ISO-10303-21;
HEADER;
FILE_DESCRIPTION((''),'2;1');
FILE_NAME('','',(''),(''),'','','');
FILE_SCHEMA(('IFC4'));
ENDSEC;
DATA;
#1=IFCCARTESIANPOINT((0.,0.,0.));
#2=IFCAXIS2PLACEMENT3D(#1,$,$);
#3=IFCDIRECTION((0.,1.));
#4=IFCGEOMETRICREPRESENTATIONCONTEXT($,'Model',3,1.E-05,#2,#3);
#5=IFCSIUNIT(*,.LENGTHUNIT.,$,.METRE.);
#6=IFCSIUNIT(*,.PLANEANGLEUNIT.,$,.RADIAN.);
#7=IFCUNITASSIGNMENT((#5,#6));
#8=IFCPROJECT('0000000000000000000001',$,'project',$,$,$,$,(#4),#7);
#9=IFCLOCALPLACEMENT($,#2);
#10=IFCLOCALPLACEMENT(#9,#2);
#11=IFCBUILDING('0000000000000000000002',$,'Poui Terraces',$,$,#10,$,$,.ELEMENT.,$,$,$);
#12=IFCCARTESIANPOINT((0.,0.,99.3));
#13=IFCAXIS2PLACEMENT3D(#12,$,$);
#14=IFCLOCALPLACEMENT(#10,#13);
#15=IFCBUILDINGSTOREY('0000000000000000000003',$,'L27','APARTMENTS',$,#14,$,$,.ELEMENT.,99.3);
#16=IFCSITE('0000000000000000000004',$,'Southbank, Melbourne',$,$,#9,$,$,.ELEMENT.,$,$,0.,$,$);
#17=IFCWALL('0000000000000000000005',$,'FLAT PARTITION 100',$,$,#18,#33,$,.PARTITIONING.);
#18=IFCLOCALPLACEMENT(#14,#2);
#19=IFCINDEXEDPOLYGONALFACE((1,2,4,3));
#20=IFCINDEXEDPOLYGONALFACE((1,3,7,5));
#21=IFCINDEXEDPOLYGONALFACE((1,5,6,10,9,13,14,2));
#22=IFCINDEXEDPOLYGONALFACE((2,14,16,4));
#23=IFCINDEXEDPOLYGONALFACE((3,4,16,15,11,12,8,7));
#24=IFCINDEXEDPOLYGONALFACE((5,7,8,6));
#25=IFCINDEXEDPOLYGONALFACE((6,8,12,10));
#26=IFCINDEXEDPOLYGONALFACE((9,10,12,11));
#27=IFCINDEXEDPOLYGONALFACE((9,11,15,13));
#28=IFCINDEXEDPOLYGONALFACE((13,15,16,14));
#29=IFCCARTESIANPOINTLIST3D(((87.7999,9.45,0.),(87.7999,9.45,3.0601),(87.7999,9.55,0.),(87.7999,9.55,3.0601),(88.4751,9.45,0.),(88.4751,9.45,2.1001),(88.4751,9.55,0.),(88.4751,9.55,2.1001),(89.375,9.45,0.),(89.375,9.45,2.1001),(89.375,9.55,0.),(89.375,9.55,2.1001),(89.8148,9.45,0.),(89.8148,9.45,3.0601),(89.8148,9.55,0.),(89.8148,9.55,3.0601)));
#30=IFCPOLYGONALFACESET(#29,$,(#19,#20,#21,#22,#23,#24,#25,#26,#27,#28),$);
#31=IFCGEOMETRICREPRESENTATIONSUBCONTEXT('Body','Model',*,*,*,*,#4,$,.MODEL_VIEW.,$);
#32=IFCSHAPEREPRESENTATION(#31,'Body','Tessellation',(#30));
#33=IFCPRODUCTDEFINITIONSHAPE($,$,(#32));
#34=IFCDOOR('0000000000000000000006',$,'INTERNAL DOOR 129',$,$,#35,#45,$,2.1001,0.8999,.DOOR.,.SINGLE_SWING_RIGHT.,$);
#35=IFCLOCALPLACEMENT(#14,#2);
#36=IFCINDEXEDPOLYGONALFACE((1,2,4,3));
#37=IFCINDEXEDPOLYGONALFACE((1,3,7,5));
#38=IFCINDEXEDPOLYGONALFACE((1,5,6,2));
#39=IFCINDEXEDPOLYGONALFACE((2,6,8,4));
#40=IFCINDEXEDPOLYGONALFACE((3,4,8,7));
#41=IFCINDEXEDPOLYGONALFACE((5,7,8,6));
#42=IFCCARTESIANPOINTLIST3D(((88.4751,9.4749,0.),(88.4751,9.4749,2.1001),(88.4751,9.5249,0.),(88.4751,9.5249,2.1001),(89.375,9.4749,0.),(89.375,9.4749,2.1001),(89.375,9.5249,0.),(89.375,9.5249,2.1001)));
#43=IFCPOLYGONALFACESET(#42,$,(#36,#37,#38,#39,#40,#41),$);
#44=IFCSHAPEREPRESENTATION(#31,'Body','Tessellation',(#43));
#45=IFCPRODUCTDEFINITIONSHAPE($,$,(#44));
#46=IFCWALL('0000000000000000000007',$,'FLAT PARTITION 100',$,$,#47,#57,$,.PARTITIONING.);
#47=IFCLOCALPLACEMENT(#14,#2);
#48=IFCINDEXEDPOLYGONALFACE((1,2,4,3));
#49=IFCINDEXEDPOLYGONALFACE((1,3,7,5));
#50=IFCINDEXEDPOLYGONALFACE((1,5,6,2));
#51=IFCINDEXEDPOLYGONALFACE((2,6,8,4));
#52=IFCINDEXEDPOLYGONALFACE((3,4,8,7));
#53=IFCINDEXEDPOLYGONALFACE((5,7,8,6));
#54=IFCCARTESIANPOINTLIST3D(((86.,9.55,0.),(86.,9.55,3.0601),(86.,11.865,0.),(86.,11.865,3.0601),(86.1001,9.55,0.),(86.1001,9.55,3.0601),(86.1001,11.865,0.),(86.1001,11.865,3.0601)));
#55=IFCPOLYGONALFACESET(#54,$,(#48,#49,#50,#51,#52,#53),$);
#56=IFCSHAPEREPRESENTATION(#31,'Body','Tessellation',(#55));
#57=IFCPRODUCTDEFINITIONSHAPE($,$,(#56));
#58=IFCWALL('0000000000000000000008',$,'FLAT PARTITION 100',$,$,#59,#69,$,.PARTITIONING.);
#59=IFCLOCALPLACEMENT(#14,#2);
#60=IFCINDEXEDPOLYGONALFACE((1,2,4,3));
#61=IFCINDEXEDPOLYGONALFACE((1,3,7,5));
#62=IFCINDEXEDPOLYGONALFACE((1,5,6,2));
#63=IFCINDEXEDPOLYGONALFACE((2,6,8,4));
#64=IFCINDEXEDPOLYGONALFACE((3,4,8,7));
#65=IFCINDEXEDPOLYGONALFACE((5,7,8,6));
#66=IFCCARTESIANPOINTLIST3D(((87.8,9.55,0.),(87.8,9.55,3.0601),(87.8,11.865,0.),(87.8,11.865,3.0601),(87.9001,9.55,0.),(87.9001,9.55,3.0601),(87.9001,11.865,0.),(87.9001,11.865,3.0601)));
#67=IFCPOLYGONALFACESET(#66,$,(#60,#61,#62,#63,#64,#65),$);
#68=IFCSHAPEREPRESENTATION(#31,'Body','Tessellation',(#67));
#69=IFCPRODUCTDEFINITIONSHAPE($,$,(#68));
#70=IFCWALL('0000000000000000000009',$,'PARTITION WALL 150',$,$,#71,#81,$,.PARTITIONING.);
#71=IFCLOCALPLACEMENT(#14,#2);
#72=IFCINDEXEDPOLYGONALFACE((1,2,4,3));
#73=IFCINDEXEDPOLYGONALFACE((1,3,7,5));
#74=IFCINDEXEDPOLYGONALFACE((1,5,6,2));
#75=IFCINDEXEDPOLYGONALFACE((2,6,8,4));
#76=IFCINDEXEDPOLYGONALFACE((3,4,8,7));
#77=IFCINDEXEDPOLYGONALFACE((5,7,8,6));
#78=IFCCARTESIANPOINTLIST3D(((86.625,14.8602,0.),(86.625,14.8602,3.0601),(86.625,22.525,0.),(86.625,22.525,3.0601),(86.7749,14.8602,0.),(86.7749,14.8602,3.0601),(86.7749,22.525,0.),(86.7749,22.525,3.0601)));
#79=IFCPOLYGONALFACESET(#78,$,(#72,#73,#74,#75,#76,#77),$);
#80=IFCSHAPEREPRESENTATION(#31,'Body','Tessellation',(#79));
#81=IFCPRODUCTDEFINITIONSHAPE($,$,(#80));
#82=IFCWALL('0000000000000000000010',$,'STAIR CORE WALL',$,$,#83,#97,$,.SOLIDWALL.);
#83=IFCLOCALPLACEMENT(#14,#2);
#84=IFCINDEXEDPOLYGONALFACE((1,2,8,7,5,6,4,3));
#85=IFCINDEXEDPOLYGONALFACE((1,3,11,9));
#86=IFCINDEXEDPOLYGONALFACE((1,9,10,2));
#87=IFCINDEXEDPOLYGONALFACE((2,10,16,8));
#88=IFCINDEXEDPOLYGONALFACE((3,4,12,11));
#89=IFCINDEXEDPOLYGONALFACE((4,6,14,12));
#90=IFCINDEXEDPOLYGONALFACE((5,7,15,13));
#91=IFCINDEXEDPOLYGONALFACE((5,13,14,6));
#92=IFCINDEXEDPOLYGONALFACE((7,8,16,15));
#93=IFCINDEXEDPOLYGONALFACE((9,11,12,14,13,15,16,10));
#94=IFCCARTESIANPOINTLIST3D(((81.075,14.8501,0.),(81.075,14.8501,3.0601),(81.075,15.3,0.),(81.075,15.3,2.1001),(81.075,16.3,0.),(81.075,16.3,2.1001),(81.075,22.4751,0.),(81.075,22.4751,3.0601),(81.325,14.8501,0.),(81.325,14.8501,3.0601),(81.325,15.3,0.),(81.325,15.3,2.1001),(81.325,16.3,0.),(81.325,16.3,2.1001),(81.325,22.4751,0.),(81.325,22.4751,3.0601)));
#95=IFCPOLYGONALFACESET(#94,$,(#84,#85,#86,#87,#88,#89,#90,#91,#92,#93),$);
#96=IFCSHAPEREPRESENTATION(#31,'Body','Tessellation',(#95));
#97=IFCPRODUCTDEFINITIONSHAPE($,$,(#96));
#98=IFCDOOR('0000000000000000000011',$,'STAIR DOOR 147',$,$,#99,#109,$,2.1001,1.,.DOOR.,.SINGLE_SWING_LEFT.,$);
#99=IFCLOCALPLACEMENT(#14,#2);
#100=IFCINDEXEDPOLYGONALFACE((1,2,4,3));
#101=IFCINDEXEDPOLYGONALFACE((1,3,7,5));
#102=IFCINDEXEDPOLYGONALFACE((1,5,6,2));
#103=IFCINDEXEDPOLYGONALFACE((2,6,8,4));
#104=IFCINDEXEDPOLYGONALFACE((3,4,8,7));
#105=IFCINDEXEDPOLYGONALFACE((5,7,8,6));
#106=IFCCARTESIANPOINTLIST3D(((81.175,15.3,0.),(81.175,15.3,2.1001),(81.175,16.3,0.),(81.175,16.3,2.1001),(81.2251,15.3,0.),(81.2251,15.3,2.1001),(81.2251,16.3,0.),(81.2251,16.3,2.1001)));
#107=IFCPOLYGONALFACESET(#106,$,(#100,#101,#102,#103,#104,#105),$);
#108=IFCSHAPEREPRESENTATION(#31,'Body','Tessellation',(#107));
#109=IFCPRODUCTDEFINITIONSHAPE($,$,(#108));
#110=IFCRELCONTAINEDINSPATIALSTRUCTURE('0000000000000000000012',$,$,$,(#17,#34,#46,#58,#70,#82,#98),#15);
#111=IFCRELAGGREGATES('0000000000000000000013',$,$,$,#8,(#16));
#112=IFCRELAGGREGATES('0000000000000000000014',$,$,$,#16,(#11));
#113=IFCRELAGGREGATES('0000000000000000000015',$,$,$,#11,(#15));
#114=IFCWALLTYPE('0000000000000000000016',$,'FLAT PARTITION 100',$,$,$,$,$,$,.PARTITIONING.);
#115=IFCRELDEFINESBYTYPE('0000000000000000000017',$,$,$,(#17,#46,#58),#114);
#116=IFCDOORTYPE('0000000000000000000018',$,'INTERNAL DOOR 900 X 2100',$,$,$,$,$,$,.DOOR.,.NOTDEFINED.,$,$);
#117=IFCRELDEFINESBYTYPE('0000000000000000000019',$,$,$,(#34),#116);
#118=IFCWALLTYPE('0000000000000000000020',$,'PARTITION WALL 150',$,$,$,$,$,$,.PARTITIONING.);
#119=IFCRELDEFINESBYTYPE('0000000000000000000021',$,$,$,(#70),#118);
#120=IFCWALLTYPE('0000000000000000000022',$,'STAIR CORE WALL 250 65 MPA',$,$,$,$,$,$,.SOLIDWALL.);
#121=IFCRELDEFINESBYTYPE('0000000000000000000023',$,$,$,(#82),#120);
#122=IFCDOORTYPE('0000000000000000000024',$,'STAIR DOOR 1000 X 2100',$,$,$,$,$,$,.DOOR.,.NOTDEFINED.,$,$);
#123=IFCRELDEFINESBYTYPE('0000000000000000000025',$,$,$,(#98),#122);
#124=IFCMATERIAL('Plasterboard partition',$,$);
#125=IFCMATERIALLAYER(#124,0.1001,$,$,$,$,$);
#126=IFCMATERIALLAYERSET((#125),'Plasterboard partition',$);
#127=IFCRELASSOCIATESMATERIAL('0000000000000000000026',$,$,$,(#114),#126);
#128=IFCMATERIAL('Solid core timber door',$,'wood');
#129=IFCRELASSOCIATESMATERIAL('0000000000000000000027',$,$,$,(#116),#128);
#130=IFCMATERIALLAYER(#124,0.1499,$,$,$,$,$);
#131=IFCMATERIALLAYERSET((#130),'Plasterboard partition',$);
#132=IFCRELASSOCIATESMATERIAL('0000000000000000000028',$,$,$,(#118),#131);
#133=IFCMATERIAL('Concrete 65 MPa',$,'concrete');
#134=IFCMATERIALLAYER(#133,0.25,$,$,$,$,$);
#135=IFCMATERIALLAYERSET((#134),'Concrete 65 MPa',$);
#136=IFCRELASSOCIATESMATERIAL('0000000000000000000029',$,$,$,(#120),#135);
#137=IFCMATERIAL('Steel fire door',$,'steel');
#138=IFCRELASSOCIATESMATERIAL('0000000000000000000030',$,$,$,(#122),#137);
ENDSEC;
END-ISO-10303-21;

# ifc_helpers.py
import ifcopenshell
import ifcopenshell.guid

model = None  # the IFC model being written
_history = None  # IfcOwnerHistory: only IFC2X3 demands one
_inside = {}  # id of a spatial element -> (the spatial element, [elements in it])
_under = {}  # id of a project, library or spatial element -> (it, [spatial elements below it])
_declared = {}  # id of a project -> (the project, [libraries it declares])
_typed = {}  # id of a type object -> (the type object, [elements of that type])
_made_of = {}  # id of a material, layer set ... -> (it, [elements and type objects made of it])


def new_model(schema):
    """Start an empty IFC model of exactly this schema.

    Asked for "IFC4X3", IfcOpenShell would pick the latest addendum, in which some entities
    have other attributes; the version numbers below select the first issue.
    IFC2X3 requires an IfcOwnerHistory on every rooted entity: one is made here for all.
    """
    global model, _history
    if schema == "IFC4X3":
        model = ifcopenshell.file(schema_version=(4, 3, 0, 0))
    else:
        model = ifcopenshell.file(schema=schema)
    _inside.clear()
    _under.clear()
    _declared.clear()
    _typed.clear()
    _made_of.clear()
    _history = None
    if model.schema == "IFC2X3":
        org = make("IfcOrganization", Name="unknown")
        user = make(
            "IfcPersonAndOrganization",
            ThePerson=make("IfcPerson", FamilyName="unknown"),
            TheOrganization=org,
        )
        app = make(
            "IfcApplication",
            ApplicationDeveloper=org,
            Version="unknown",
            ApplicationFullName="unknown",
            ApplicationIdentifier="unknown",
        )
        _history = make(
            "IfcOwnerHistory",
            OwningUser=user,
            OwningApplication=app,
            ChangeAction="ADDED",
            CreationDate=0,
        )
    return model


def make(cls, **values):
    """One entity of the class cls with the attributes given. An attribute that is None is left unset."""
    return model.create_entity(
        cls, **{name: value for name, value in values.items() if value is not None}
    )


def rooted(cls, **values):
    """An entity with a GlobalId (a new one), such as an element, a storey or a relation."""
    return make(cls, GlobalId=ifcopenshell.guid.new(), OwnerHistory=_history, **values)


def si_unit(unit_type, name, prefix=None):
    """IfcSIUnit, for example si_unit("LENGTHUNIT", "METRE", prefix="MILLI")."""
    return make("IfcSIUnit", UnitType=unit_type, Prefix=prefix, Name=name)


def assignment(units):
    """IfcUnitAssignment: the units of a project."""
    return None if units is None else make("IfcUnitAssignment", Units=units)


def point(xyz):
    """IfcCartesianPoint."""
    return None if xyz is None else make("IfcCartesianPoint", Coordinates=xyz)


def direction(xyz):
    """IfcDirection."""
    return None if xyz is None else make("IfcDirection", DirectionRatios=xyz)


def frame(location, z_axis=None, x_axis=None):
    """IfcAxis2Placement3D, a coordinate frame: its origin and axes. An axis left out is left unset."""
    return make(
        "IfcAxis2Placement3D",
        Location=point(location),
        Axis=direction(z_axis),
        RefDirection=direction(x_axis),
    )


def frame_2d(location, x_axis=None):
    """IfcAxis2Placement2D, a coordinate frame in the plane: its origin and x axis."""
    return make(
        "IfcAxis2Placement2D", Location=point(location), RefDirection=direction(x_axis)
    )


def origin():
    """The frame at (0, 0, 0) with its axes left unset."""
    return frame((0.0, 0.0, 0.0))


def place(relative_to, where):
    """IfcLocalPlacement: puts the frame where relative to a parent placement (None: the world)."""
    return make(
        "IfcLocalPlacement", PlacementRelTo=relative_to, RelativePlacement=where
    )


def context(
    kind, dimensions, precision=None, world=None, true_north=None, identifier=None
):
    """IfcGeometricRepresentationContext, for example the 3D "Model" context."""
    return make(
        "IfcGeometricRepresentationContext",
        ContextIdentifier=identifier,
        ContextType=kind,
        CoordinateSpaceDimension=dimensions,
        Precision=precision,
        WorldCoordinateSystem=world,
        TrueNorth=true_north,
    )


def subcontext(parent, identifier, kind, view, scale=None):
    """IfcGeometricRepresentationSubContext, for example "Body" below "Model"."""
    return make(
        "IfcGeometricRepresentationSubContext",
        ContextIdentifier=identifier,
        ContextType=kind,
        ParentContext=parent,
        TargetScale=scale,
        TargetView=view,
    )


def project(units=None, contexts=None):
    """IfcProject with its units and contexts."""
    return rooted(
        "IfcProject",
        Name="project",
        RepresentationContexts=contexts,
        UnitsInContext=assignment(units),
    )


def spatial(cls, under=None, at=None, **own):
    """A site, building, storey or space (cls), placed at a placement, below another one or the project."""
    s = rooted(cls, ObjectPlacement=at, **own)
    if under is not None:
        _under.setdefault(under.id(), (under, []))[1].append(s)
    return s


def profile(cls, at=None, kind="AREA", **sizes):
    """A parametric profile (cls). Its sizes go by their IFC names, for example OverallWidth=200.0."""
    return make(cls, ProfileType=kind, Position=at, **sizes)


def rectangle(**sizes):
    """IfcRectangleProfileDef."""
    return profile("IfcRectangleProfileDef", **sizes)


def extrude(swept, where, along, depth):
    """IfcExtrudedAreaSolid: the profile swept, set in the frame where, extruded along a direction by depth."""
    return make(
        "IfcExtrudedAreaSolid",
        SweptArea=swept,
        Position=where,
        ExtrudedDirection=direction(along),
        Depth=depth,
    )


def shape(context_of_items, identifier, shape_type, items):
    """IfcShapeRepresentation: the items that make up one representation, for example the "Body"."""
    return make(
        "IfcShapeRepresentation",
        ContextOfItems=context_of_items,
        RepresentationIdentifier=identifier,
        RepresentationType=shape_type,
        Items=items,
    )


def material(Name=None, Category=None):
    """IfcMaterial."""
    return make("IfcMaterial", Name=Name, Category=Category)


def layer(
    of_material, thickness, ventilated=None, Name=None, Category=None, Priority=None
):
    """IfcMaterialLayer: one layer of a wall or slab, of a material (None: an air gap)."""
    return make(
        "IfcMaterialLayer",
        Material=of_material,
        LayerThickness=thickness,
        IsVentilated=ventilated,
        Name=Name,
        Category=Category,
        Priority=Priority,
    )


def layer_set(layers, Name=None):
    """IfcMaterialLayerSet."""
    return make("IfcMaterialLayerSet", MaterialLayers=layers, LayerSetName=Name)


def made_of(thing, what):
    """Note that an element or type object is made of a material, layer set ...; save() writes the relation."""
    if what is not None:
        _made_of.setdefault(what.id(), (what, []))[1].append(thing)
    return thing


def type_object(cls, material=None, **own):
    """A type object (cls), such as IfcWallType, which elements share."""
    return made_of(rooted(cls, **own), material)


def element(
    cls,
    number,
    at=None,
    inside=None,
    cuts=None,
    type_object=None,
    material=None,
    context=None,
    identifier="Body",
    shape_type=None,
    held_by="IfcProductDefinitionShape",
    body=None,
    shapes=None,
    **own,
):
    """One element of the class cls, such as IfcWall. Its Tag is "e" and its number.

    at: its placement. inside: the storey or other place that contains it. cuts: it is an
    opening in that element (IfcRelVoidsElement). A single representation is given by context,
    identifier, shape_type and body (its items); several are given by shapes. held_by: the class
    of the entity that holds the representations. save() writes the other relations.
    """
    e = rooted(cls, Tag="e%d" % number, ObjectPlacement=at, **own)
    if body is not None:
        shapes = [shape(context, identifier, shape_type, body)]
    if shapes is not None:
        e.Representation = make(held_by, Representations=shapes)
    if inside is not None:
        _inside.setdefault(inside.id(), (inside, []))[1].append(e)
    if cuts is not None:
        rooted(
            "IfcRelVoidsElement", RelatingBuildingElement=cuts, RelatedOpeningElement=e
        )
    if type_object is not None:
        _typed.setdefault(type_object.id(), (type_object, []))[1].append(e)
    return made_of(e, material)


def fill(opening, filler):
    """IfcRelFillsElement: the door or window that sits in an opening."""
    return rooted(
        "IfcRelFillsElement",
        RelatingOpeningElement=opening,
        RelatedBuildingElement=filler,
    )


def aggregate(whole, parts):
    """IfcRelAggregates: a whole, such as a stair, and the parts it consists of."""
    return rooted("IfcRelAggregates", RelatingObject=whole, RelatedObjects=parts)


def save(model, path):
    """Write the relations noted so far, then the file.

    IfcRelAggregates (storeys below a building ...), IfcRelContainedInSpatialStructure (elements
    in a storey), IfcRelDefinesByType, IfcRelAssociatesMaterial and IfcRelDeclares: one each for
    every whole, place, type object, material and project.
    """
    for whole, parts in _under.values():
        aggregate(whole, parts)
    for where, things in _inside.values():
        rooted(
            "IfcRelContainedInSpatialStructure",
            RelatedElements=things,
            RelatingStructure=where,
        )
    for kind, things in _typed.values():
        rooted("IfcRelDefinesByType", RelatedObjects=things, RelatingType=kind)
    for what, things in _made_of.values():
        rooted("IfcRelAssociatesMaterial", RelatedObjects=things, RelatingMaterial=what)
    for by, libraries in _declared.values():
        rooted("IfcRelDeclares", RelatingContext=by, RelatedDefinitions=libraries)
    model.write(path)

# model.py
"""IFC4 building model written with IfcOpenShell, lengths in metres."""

from ifc_helpers import new_model, si_unit, direction, frame, frame_2d, origin, place, context, subcontext, project, spatial, rectangle, extrude, material, layer, layer_set, type_object, element, fill, save


model = new_model("IFC4")

# Units and contexts
model_context = context("Model", 3, precision=1e-05, world=origin(), true_north=direction((0.0, 1.0)))
body_context = subcontext(model_context, "Body", "Model", "MODEL_VIEW")
ifc_project = project(units=[si_unit("LENGTHUNIT", "METRE"), si_unit("PLANEANGLEUNIT", "RADIAN")], contexts=[model_context])

# Site, building, storey
site_placement = place(None, origin())
site = spatial("IfcSite", under=ifc_project, at=site_placement, Name="Southbank, Melbourne", CompositionType="ELEMENT", RefElevation=0.0)
building_placement = place(site_placement, origin())
building = spatial("IfcBuilding", under=site, at=building_placement, Name="Poui Terraces", CompositionType="ELEMENT")
storey_placement = place(building_placement, frame((0.0, 0.0, 99.3)))
storey = spatial("IfcBuildingStorey", under=building, at=storey_placement, Name="L27", Description="APARTMENTS", CompositionType="ELEMENT", Elevation=99.3)

# Shared definitions
ifc_material_1 = material(Name="Concrete 65 MPa", Category="concrete")

# Wall, opening, door
ifc_material_2 = material(Name="Steel fire door", Category="steel")
ifc_material_3 = material(Name="Solid core timber door", Category="wood")
ifc_material_4 = material(Name="Plasterboard partition")
ifc_layer_1 = layer(ifc_material_4, 0.1001)
ifc_layer_set_1 = layer_set([ifc_layer_1], Name="Plasterboard partition")
wall_type_1 = type_object("IfcWallType", Name="FLAT PARTITION 100", PredefinedType="PARTITIONING", material=ifc_layer_set_1)
wall_1_placement = place(storey_placement, frame((87.8, 9.5, 0.0), z_axis=(0.0, 0.0, 1.0), x_axis=(1.0, 0.0, 0.0)))
wall_1 = element("IfcWall", 1, at=wall_1_placement, inside=storey, type_object=wall_type_1, Name="FLAT PARTITION 100", PredefinedType="PARTITIONING", context=body_context, shape_type="SweptSolid", body=[
    extrude(rectangle(XDim=2.0149, YDim=0.1001, at=frame_2d((1.0073, 0.0))), origin(), (0.0, 0.0, 1.0), 3.0601),
])
opening_1_placement = place(wall_1_placement, frame((0.675, 0.0, 0.0)))
opening_1 = element("IfcOpeningElement", 2, at=opening_1_placement, cuts=wall_1, PredefinedType="OPENING", context=body_context, shape_type="SweptSolid", body=[
    extrude(rectangle(XDim=0.8999, YDim=2.1001, at=frame_2d((0.45, 1.05))), frame((0.0, 0.0601, 0.0), z_axis=(0.0, -1.0, 0.0), x_axis=(1.0, 0.0, 0.0)), (0.0, 0.0, 1.0), 0.1201),
])
door_type_1 = type_object("IfcDoorType", Name="INTERNAL DOOR 900 X 2100", OperationType="NOTDEFINED", PredefinedType="DOOR", material=ifc_material_3)
door_1_placement = place(opening_1_placement, origin())
door_1 = element("IfcDoor", 3, at=door_1_placement, inside=storey, type_object=door_type_1, Name="INTERNAL DOOR 129", OperationType="SINGLE_SWING_RIGHT", OverallHeight=2.1001, OverallWidth=0.8999, PredefinedType="DOOR", context=body_context, shape_type="SweptSolid", body=[
    extrude(rectangle(XDim=0.8999, YDim=2.1001, at=frame_2d((0.45, 1.05))), frame((0.0, 0.0249, 0.0), z_axis=(0.0, -1.0, 0.0), x_axis=(1.0, 0.0, 0.0)), (0.0, 0.0, 1.0), 0.05),
])
fill(opening_1, door_1)

# Walls
for number, where, z_axis, x_axis, name in (
    (4, (86.05, 9.55, 0.0), (0.0, 0.0, 1.0), (0.0, 1.0, 0.0), "FLAT PARTITION 100"),
    (5, (87.8501, 9.55, 0.0), (0.0, 0.0, 1.0), (0.0, 1.0, 0.0), "FLAT PARTITION 100"),
):
    element("IfcWall", number, at=place(storey_placement, frame(where, z_axis=z_axis, x_axis=x_axis)), inside=storey, type_object=wall_type_1, Name=name, PredefinedType="PARTITIONING", context=body_context, shape_type="SweptSolid", body=[
        extrude(rectangle(XDim=2.3149, YDim=0.1001, at=frame_2d((1.1575, 0.0))), origin(), (0.0, 0.0, 1.0), 3.0601),
    ])
ifc_layer_2 = layer(ifc_material_4, 0.1499)
ifc_layer_set_2 = layer_set([ifc_layer_2], Name="Plasterboard partition")
wall_type_2 = type_object("IfcWallType", Name="PARTITION WALL 150", PredefinedType="PARTITIONING", material=ifc_layer_set_2)
wall_2_placement = place(storey_placement, frame((86.7, 14.8601, 0.0), z_axis=(0.0, 0.0, 1.0), x_axis=(0.0, 1.0, 0.0)))
element("IfcWall", 6, at=wall_2_placement, inside=storey, type_object=wall_type_2, Name="PARTITION WALL 150", PredefinedType="PARTITIONING", context=body_context, shape_type="SweptSolid", body=[
    extrude(rectangle(XDim=7.6648, YDim=0.1499, at=frame_2d((3.8325, 0.0))), origin(), (0.0, 0.0, 1.0), 3.0601),
])

# Wall, opening, door
ifc_layer_3 = layer(ifc_material_1, 0.25)
ifc_layer_set_3 = layer_set([ifc_layer_3], Name="Concrete 65 MPa")
wall_type_3 = type_object("IfcWallType", Name="STAIR CORE WALL 250 65 MPA", PredefinedType="SOLIDWALL", material=ifc_layer_set_3)
wall_3_placement = place(storey_placement, frame((81.2, 14.8501, 0.0), z_axis=(0.0, 0.0, 1.0), x_axis=(0.0, 1.0, 0.0)))
wall_3 = element("IfcWall", 7, at=wall_3_placement, inside=storey, type_object=wall_type_3, Name="STAIR CORE WALL", PredefinedType="SOLIDWALL", context=body_context, shape_type="SweptSolid", body=[
    extrude(rectangle(XDim=7.625, YDim=0.25, at=frame_2d((3.8125, 0.0))), origin(), (0.0, 0.0, 1.0), 3.0601),
])
opening_2_placement = place(wall_3_placement, frame((0.45, 0.0, 0.0)))
opening_2 = element("IfcOpeningElement", 8, at=opening_2_placement, cuts=wall_3, PredefinedType="OPENING", context=body_context, shape_type="SweptSolid", body=[
    extrude(rectangle(XDim=1.0, YDim=2.1001, at=frame_2d((0.5, 1.05))), frame((0.0, 0.135, 0.0), z_axis=(0.0, -1.0, 0.0), x_axis=(1.0, 0.0, 0.0)), (0.0, 0.0, 1.0), 0.27),
])
door_type_2 = type_object("IfcDoorType", Name="STAIR DOOR 1000 X 2100", OperationType="NOTDEFINED", PredefinedType="DOOR", material=ifc_material_2)
door_2_placement = place(opening_2_placement, origin())
door_2 = element("IfcDoor", 9, at=door_2_placement, inside=storey, type_object=door_type_2, Name="STAIR DOOR 147", OperationType="SINGLE_SWING_LEFT", OverallHeight=2.1001, OverallWidth=1.0, PredefinedType="DOOR", context=body_context, shape_type="SweptSolid", body=[
    extrude(rectangle(XDim=1.0, YDim=2.1001, at=frame_2d((0.5, 1.05))), frame((0.0, 0.0249, 0.0), z_axis=(0.0, -1.0, 0.0), x_axis=(1.0, 0.0, 0.0)), (0.0, 0.0, 1.0), 0.05),
])
fill(opening_2, door_2)

save(model, "model.ifc")
